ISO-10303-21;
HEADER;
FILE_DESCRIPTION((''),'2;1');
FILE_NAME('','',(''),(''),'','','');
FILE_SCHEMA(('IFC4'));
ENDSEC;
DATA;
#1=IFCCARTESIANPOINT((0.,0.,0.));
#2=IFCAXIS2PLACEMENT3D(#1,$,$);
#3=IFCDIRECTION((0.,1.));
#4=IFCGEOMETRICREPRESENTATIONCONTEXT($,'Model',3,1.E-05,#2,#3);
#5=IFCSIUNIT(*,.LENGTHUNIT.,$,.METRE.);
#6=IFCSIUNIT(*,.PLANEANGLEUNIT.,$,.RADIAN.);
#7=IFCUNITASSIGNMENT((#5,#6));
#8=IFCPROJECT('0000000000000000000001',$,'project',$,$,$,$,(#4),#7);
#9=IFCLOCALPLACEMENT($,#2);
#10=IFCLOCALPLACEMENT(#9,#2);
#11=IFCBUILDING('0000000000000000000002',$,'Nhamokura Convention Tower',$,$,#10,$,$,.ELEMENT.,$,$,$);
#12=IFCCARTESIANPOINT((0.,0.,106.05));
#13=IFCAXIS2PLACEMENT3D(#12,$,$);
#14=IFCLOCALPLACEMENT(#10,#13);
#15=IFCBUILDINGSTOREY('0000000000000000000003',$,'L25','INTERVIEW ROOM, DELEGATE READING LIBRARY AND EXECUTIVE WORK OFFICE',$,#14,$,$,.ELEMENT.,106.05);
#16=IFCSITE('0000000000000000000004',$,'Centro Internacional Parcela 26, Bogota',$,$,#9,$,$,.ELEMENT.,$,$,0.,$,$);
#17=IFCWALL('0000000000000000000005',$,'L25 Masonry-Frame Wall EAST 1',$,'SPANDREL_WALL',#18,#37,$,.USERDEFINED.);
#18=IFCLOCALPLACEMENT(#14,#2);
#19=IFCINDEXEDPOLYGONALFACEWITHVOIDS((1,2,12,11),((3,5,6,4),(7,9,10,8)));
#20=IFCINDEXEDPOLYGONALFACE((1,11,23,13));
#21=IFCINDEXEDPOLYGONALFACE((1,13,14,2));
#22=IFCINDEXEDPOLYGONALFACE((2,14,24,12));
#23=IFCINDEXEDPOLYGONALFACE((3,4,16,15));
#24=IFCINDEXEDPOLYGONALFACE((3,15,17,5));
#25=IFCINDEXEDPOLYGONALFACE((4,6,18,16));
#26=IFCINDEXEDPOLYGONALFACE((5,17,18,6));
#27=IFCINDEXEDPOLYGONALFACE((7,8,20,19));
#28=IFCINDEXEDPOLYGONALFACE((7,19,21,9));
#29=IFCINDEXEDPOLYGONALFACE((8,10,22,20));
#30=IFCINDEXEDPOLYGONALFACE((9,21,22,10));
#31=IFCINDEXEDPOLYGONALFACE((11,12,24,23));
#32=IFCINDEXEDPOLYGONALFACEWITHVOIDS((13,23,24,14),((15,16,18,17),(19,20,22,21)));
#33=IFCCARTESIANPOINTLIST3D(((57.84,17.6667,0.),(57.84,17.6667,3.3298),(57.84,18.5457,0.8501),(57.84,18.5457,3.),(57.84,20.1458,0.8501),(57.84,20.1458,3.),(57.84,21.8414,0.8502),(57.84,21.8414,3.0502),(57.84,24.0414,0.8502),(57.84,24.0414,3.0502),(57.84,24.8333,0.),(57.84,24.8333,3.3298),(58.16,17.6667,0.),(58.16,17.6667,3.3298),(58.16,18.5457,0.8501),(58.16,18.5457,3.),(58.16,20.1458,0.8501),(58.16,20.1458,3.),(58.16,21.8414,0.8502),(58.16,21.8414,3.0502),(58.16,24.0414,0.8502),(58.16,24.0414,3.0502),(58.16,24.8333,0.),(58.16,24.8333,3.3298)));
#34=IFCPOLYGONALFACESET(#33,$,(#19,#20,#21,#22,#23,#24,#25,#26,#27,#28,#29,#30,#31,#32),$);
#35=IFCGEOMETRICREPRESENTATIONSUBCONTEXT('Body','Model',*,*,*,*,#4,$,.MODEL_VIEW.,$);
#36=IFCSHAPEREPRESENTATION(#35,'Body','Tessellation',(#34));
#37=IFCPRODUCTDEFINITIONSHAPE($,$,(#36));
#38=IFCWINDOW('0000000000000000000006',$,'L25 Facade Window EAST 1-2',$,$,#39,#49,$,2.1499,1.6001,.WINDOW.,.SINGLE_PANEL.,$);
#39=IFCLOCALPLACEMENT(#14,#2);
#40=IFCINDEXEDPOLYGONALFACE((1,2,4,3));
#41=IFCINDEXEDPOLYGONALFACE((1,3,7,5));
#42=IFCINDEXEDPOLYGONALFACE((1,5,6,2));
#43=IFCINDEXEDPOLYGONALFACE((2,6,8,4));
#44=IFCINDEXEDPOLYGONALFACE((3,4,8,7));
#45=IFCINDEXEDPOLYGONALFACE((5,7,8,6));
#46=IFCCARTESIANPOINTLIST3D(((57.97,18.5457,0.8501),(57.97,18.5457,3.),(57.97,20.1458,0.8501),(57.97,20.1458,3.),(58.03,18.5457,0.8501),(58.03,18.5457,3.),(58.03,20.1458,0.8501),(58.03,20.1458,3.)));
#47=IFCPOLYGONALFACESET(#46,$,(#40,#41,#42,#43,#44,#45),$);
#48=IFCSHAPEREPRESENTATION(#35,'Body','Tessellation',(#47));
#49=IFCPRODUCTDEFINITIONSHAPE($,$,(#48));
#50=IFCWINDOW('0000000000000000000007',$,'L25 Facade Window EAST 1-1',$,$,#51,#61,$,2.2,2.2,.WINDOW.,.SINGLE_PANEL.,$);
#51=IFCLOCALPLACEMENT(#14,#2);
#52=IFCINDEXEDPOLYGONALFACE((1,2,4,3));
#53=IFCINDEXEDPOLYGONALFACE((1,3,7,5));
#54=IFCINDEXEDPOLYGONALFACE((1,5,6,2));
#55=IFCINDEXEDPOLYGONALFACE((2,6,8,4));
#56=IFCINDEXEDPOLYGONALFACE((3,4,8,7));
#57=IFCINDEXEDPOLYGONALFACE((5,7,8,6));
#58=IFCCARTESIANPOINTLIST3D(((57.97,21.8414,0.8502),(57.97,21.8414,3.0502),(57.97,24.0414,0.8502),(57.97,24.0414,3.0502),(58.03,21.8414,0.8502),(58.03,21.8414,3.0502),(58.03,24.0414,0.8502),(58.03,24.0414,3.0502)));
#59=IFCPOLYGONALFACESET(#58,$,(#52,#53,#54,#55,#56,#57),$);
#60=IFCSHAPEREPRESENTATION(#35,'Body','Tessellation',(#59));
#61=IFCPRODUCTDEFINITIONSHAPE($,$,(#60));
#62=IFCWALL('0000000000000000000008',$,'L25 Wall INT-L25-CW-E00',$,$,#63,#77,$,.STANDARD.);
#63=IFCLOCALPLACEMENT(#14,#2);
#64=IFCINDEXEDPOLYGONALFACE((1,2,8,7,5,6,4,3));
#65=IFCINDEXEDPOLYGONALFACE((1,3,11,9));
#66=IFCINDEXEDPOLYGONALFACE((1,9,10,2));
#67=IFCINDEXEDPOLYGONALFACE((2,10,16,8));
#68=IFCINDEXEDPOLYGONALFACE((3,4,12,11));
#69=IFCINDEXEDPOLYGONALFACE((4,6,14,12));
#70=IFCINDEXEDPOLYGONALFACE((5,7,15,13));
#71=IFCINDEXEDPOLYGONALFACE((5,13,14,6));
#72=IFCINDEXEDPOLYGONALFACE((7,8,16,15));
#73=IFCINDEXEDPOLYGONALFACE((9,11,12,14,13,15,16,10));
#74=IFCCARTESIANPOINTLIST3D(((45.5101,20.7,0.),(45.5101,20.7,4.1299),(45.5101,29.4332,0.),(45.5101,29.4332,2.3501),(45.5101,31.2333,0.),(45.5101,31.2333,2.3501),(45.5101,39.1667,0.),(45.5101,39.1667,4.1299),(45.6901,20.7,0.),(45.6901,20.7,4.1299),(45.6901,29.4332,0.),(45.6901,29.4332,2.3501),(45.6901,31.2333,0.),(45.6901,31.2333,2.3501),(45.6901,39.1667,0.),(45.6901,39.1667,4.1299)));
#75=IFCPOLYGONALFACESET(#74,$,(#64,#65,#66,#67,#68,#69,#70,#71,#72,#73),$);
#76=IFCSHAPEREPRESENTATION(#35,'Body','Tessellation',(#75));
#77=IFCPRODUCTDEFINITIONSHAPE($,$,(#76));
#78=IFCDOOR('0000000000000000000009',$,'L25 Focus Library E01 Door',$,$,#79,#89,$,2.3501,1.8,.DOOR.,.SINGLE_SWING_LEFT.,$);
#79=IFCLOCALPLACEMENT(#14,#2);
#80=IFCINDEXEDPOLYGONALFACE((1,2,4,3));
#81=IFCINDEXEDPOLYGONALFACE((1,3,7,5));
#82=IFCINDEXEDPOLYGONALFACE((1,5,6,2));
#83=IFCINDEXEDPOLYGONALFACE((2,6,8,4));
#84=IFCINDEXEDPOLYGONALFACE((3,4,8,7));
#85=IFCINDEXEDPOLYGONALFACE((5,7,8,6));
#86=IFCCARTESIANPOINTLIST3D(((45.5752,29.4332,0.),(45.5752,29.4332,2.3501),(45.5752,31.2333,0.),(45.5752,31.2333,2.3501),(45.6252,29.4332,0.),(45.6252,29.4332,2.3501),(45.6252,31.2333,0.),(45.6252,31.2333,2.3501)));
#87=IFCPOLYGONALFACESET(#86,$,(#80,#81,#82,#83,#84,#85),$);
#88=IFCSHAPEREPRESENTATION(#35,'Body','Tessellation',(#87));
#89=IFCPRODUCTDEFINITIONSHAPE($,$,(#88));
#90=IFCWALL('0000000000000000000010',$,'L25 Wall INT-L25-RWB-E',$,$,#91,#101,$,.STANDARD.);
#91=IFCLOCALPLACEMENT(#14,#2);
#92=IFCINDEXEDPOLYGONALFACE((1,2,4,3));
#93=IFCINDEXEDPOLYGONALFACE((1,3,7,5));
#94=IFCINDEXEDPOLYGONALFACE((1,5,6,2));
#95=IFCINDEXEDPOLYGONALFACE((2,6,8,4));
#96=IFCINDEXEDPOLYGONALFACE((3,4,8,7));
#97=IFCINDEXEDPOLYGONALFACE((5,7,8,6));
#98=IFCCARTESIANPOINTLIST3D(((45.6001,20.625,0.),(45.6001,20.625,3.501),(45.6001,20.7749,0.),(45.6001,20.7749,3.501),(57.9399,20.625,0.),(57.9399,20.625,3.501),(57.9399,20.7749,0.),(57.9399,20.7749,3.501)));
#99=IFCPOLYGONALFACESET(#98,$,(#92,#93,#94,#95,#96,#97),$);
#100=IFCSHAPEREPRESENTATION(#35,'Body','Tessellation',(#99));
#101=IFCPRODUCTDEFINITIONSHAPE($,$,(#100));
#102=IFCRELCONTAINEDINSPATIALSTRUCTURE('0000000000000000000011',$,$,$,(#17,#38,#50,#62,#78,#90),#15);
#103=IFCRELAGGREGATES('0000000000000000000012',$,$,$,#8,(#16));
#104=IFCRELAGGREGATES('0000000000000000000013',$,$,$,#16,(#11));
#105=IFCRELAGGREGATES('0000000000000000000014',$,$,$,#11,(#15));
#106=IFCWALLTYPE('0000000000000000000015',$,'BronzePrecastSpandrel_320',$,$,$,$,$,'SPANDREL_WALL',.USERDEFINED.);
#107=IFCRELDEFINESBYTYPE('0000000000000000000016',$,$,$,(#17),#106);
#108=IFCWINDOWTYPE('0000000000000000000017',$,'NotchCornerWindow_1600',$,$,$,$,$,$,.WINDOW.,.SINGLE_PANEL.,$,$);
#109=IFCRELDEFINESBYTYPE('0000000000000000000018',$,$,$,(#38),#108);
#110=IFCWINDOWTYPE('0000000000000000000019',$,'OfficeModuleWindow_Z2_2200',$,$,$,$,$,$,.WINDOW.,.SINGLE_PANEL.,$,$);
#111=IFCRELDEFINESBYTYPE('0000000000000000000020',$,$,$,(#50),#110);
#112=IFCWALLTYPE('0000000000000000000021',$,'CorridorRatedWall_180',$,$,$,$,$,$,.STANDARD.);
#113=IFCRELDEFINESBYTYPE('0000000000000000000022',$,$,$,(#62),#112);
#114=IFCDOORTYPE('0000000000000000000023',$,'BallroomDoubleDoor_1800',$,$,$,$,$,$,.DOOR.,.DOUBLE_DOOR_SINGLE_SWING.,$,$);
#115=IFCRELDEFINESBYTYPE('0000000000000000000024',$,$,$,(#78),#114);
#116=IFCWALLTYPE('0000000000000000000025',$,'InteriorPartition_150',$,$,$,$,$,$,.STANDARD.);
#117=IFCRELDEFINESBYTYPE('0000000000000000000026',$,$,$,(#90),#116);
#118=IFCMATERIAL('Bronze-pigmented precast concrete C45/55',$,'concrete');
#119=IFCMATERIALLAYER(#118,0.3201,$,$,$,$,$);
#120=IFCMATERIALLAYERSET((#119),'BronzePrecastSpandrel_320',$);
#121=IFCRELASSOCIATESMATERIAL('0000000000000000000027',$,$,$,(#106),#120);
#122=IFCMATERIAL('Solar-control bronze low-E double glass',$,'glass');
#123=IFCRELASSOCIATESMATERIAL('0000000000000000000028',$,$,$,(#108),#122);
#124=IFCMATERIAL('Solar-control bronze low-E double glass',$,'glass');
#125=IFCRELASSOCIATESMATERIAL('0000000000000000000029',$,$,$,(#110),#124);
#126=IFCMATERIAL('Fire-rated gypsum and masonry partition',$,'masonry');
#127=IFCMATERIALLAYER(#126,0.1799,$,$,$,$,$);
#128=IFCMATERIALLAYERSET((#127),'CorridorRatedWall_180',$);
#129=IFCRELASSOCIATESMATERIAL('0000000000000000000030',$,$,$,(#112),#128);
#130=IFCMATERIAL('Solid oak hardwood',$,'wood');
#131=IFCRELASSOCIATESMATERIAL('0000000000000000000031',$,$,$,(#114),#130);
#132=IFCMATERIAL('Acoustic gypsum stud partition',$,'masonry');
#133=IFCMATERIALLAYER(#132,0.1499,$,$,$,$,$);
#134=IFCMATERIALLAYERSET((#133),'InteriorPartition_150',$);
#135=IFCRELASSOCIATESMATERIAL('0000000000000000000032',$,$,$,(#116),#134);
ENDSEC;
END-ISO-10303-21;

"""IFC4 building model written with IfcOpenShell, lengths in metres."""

from ifc_helpers import new_model, si_unit, direction, frame, frame_2d, origin, place, context, subcontext, project, spatial, rectangle, extrude, material, layer, layer_set, type_object, element, fill, save


model = new_model("IFC4")

# Units and contexts
model_context = context("Model", 3, precision=1e-05, world=origin(), true_north=direction((0.0, 1.0)))
body_context = subcontext(model_context, "Body", "Model", "MODEL_VIEW")
ifc_project = project(units=[si_unit("LENGTHUNIT", "METRE"), si_unit("PLANEANGLEUNIT", "RADIAN")], contexts=[model_context])

# Site, building, storey
site_placement = place(None, origin())
site = spatial("IfcSite", under=ifc_project, at=site_placement, Name="Centro Internacional Parcela 26, Bogota", CompositionType="ELEMENT", RefElevation=0.0)
building_placement = place(site_placement, origin())
building = spatial("IfcBuilding", under=site, at=building_placement, Name="Nhamokura Convention Tower", CompositionType="ELEMENT")
storey_placement = place(building_placement, frame((0.0, 0.0, 106.05)))
storey = spatial("IfcBuildingStorey", under=building, at=storey_placement, Name="L25", Description="INTERVIEW ROOM, DELEGATE READING LIBRARY AND EXECUTIVE WORK OFFICE", CompositionType="ELEMENT", Elevation=106.05)

# Wall, openings, windows
ifc_material_1 = material(Name="Bronze-pigmented precast concrete C45/55", Category="concrete")
ifc_layer_1 = layer(ifc_material_1, 0.3201)
ifc_layer_set_1 = layer_set([ifc_layer_1], Name="BronzePrecastSpandrel_320")
wall_type_1 = type_object("IfcWallType", Name="BronzePrecastSpandrel_320", ElementType="SPANDREL_WALL", PredefinedType="USERDEFINED", material=ifc_layer_set_1)
wall_1_placement = place(storey_placement, frame((58.0, 24.8333, 0.0), z_axis=(0.0, 0.0, 1.0), x_axis=(0.0, -1.0, 0.0)))
wall_1 = element("IfcWall", 1, at=wall_1_placement, inside=storey, type_object=wall_type_1, Name="L25 Masonry-Frame Wall EAST 1", ObjectType="SPANDREL_WALL", PredefinedType="USERDEFINED", context=body_context, shape_type="SweptSolid", body=[
    extrude(rectangle(XDim=7.1665, YDim=0.3201, at=frame_2d((3.5833, 0.0))), origin(), (0.0, 0.0, 1.0), 3.3298),
])
opening_1_placement = place(wall_1_placement, frame((0.7917, 0.0, 0.8501)))
opening_1 = element("IfcOpeningElement", 2, at=opening_1_placement, cuts=wall_1, PredefinedType="OPENING", context=body_context, shape_type="SweptSolid", body=[
    extrude(rectangle(XDim=2.2, YDim=2.2, at=frame_2d((1.1001, 1.1001))), frame((0.0, 0.1699, 0.0), z_axis=(0.0, -1.0, 0.0), x_axis=(1.0, 0.0, 0.0)), (0.0, 0.0, 1.0), 0.3401),
])
opening_2_placement = place(wall_1_placement, frame((4.6875, 0.0, 0.8501)))
opening_2 = element("IfcOpeningElement", 3, at=opening_2_placement, cuts=wall_1, PredefinedType="OPENING", context=body_context, shape_type="SweptSolid", body=[
    extrude(rectangle(XDim=1.6001, YDim=2.1499, at=frame_2d((0.8, 1.075))), frame((0.0, 0.1699, 0.0), z_axis=(0.0, -1.0, 0.0), x_axis=(1.0, 0.0, 0.0)), (0.0, 0.0, 1.0), 0.3401),
])
ifc_material_2 = material(Name="Solar-control bronze low-E double glass", Category="glass")
window_type_1 = type_object("IfcWindowType", Name="NotchCornerWindow_1600", PartitioningType="SINGLE_PANEL", PredefinedType="WINDOW", material=ifc_material_2)
window_1_placement = place(opening_2_placement, origin())
window_1 = element("IfcWindow", 4, at=window_1_placement, inside=storey, type_object=window_type_1, Name="L25 Facade Window EAST 1-2", OverallHeight=2.1499, OverallWidth=1.6001, PartitioningType="SINGLE_PANEL", PredefinedType="WINDOW", context=body_context, shape_type="SweptSolid", body=[
    extrude(rectangle(XDim=1.6001, YDim=2.1499, at=frame_2d((0.8, 1.075))), frame((0.0, 0.03, 0.0), z_axis=(0.0, -1.0, 0.0), x_axis=(1.0, 0.0, 0.0)), (0.0, 0.0, 1.0), 0.0601),
])
fill(opening_2, window_1)
ifc_material_3 = material(Name="Solar-control bronze low-E double glass", Category="glass")
window_type_2 = type_object("IfcWindowType", Name="OfficeModuleWindow_Z2_2200", PartitioningType="SINGLE_PANEL", PredefinedType="WINDOW", material=ifc_material_3)
window_2_placement = place(opening_1_placement, origin())
window_2 = element("IfcWindow", 5, at=window_2_placement, inside=storey, type_object=window_type_2, Name="L25 Facade Window EAST 1-1", OverallHeight=2.2, OverallWidth=2.2, PartitioningType="SINGLE_PANEL", PredefinedType="WINDOW", context=body_context, shape_type="SweptSolid", body=[
    extrude(rectangle(XDim=2.2, YDim=2.2, at=frame_2d((1.1001, 1.1001))), frame((0.0, 0.03, 0.0), z_axis=(0.0, -1.0, 0.0), x_axis=(1.0, 0.0, 0.0)), (0.0, 0.0, 1.0), 0.0601),
])
fill(opening_1, window_2)

# Wall, opening, door
ifc_material_4 = material(Name="Fire-rated gypsum and masonry partition", Category="masonry")
ifc_layer_2 = layer(ifc_material_4, 0.1799)
ifc_layer_set_2 = layer_set([ifc_layer_2], Name="CorridorRatedWall_180")
wall_type_2 = type_object("IfcWallType", Name="CorridorRatedWall_180", PredefinedType="STANDARD", material=ifc_layer_set_2)
wall_2_placement = place(storey_placement, frame((45.6001, 20.7, 0.0), z_axis=(0.0, 0.0, 1.0), x_axis=(0.0, 1.0, 0.0)))
wall_2 = element("IfcWall", 6, at=wall_2_placement, inside=storey, type_object=wall_type_2, Name="L25 Wall INT-L25-CW-E00", PredefinedType="STANDARD", context=body_context, shape_type="SweptSolid", body=[
    extrude(rectangle(XDim=18.4668, YDim=0.1799, at=frame_2d((9.2334, 0.0))), origin(), (0.0, 0.0, 1.0), 4.1299),
])
opening_3_placement = place(wall_2_placement, frame((8.7334, 0.0, 0.0)))
opening_3 = element("IfcOpeningElement", 7, at=opening_3_placement, cuts=wall_2, PredefinedType="OPENING", context=body_context, shape_type="SweptSolid", body=[
    extrude(rectangle(XDim=1.8, YDim=2.3501, at=frame_2d((0.8999, 1.175))), frame((0.0, 0.0999, 0.0), z_axis=(0.0, -1.0, 0.0), x_axis=(1.0, 0.0, 0.0)), (0.0, 0.0, 1.0), 0.2),
])
ifc_material_5 = material(Name="Solid oak hardwood", Category="wood")
door_type_1 = type_object("IfcDoorType", Name="BallroomDoubleDoor_1800", OperationType="DOUBLE_DOOR_SINGLE_SWING", PredefinedType="DOOR", material=ifc_material_5)
door_1_placement = place(opening_3_placement, origin())
door_1 = element("IfcDoor", 8, at=door_1_placement, inside=storey, type_object=door_type_1, Name="L25 Focus Library E01 Door", OperationType="SINGLE_SWING_LEFT", OverallHeight=2.3501, OverallWidth=1.8, PredefinedType="DOOR", context=body_context, shape_type="SweptSolid", body=[
    extrude(rectangle(XDim=1.8, YDim=2.3501, at=frame_2d((0.8999, 1.175))), frame((0.0, 0.0249, 0.0), z_axis=(0.0, -1.0, 0.0), x_axis=(1.0, 0.0, 0.0)), (0.0, 0.0, 1.0), 0.05),
])
fill(opening_3, door_1)

# Wall
ifc_material_6 = material(Name="Acoustic gypsum stud partition", Category="masonry")
ifc_layer_3 = layer(ifc_material_6, 0.1499)
ifc_layer_set_3 = layer_set([ifc_layer_3], Name="InteriorPartition_150")
wall_type_3 = type_object("IfcWallType", Name="InteriorPartition_150", PredefinedType="STANDARD", material=ifc_layer_set_3)
wall_3_placement = place(storey_placement, frame((45.6001, 20.7, 0.0), z_axis=(0.0, 0.0, 1.0), x_axis=(1.0, 0.0, 0.0)))
element("IfcWall", 9, at=wall_3_placement, inside=storey, type_object=wall_type_3, Name="L25 Wall INT-L25-RWB-E", PredefinedType="STANDARD", context=body_context, shape_type="SweptSolid", body=[
    extrude(rectangle(XDim=12.3398, YDim=0.1499, at=frame_2d((6.1699, 0.0))), origin(), (0.0, 0.0, 1.0), 3.501),
])

save(model, "model.ifc")
